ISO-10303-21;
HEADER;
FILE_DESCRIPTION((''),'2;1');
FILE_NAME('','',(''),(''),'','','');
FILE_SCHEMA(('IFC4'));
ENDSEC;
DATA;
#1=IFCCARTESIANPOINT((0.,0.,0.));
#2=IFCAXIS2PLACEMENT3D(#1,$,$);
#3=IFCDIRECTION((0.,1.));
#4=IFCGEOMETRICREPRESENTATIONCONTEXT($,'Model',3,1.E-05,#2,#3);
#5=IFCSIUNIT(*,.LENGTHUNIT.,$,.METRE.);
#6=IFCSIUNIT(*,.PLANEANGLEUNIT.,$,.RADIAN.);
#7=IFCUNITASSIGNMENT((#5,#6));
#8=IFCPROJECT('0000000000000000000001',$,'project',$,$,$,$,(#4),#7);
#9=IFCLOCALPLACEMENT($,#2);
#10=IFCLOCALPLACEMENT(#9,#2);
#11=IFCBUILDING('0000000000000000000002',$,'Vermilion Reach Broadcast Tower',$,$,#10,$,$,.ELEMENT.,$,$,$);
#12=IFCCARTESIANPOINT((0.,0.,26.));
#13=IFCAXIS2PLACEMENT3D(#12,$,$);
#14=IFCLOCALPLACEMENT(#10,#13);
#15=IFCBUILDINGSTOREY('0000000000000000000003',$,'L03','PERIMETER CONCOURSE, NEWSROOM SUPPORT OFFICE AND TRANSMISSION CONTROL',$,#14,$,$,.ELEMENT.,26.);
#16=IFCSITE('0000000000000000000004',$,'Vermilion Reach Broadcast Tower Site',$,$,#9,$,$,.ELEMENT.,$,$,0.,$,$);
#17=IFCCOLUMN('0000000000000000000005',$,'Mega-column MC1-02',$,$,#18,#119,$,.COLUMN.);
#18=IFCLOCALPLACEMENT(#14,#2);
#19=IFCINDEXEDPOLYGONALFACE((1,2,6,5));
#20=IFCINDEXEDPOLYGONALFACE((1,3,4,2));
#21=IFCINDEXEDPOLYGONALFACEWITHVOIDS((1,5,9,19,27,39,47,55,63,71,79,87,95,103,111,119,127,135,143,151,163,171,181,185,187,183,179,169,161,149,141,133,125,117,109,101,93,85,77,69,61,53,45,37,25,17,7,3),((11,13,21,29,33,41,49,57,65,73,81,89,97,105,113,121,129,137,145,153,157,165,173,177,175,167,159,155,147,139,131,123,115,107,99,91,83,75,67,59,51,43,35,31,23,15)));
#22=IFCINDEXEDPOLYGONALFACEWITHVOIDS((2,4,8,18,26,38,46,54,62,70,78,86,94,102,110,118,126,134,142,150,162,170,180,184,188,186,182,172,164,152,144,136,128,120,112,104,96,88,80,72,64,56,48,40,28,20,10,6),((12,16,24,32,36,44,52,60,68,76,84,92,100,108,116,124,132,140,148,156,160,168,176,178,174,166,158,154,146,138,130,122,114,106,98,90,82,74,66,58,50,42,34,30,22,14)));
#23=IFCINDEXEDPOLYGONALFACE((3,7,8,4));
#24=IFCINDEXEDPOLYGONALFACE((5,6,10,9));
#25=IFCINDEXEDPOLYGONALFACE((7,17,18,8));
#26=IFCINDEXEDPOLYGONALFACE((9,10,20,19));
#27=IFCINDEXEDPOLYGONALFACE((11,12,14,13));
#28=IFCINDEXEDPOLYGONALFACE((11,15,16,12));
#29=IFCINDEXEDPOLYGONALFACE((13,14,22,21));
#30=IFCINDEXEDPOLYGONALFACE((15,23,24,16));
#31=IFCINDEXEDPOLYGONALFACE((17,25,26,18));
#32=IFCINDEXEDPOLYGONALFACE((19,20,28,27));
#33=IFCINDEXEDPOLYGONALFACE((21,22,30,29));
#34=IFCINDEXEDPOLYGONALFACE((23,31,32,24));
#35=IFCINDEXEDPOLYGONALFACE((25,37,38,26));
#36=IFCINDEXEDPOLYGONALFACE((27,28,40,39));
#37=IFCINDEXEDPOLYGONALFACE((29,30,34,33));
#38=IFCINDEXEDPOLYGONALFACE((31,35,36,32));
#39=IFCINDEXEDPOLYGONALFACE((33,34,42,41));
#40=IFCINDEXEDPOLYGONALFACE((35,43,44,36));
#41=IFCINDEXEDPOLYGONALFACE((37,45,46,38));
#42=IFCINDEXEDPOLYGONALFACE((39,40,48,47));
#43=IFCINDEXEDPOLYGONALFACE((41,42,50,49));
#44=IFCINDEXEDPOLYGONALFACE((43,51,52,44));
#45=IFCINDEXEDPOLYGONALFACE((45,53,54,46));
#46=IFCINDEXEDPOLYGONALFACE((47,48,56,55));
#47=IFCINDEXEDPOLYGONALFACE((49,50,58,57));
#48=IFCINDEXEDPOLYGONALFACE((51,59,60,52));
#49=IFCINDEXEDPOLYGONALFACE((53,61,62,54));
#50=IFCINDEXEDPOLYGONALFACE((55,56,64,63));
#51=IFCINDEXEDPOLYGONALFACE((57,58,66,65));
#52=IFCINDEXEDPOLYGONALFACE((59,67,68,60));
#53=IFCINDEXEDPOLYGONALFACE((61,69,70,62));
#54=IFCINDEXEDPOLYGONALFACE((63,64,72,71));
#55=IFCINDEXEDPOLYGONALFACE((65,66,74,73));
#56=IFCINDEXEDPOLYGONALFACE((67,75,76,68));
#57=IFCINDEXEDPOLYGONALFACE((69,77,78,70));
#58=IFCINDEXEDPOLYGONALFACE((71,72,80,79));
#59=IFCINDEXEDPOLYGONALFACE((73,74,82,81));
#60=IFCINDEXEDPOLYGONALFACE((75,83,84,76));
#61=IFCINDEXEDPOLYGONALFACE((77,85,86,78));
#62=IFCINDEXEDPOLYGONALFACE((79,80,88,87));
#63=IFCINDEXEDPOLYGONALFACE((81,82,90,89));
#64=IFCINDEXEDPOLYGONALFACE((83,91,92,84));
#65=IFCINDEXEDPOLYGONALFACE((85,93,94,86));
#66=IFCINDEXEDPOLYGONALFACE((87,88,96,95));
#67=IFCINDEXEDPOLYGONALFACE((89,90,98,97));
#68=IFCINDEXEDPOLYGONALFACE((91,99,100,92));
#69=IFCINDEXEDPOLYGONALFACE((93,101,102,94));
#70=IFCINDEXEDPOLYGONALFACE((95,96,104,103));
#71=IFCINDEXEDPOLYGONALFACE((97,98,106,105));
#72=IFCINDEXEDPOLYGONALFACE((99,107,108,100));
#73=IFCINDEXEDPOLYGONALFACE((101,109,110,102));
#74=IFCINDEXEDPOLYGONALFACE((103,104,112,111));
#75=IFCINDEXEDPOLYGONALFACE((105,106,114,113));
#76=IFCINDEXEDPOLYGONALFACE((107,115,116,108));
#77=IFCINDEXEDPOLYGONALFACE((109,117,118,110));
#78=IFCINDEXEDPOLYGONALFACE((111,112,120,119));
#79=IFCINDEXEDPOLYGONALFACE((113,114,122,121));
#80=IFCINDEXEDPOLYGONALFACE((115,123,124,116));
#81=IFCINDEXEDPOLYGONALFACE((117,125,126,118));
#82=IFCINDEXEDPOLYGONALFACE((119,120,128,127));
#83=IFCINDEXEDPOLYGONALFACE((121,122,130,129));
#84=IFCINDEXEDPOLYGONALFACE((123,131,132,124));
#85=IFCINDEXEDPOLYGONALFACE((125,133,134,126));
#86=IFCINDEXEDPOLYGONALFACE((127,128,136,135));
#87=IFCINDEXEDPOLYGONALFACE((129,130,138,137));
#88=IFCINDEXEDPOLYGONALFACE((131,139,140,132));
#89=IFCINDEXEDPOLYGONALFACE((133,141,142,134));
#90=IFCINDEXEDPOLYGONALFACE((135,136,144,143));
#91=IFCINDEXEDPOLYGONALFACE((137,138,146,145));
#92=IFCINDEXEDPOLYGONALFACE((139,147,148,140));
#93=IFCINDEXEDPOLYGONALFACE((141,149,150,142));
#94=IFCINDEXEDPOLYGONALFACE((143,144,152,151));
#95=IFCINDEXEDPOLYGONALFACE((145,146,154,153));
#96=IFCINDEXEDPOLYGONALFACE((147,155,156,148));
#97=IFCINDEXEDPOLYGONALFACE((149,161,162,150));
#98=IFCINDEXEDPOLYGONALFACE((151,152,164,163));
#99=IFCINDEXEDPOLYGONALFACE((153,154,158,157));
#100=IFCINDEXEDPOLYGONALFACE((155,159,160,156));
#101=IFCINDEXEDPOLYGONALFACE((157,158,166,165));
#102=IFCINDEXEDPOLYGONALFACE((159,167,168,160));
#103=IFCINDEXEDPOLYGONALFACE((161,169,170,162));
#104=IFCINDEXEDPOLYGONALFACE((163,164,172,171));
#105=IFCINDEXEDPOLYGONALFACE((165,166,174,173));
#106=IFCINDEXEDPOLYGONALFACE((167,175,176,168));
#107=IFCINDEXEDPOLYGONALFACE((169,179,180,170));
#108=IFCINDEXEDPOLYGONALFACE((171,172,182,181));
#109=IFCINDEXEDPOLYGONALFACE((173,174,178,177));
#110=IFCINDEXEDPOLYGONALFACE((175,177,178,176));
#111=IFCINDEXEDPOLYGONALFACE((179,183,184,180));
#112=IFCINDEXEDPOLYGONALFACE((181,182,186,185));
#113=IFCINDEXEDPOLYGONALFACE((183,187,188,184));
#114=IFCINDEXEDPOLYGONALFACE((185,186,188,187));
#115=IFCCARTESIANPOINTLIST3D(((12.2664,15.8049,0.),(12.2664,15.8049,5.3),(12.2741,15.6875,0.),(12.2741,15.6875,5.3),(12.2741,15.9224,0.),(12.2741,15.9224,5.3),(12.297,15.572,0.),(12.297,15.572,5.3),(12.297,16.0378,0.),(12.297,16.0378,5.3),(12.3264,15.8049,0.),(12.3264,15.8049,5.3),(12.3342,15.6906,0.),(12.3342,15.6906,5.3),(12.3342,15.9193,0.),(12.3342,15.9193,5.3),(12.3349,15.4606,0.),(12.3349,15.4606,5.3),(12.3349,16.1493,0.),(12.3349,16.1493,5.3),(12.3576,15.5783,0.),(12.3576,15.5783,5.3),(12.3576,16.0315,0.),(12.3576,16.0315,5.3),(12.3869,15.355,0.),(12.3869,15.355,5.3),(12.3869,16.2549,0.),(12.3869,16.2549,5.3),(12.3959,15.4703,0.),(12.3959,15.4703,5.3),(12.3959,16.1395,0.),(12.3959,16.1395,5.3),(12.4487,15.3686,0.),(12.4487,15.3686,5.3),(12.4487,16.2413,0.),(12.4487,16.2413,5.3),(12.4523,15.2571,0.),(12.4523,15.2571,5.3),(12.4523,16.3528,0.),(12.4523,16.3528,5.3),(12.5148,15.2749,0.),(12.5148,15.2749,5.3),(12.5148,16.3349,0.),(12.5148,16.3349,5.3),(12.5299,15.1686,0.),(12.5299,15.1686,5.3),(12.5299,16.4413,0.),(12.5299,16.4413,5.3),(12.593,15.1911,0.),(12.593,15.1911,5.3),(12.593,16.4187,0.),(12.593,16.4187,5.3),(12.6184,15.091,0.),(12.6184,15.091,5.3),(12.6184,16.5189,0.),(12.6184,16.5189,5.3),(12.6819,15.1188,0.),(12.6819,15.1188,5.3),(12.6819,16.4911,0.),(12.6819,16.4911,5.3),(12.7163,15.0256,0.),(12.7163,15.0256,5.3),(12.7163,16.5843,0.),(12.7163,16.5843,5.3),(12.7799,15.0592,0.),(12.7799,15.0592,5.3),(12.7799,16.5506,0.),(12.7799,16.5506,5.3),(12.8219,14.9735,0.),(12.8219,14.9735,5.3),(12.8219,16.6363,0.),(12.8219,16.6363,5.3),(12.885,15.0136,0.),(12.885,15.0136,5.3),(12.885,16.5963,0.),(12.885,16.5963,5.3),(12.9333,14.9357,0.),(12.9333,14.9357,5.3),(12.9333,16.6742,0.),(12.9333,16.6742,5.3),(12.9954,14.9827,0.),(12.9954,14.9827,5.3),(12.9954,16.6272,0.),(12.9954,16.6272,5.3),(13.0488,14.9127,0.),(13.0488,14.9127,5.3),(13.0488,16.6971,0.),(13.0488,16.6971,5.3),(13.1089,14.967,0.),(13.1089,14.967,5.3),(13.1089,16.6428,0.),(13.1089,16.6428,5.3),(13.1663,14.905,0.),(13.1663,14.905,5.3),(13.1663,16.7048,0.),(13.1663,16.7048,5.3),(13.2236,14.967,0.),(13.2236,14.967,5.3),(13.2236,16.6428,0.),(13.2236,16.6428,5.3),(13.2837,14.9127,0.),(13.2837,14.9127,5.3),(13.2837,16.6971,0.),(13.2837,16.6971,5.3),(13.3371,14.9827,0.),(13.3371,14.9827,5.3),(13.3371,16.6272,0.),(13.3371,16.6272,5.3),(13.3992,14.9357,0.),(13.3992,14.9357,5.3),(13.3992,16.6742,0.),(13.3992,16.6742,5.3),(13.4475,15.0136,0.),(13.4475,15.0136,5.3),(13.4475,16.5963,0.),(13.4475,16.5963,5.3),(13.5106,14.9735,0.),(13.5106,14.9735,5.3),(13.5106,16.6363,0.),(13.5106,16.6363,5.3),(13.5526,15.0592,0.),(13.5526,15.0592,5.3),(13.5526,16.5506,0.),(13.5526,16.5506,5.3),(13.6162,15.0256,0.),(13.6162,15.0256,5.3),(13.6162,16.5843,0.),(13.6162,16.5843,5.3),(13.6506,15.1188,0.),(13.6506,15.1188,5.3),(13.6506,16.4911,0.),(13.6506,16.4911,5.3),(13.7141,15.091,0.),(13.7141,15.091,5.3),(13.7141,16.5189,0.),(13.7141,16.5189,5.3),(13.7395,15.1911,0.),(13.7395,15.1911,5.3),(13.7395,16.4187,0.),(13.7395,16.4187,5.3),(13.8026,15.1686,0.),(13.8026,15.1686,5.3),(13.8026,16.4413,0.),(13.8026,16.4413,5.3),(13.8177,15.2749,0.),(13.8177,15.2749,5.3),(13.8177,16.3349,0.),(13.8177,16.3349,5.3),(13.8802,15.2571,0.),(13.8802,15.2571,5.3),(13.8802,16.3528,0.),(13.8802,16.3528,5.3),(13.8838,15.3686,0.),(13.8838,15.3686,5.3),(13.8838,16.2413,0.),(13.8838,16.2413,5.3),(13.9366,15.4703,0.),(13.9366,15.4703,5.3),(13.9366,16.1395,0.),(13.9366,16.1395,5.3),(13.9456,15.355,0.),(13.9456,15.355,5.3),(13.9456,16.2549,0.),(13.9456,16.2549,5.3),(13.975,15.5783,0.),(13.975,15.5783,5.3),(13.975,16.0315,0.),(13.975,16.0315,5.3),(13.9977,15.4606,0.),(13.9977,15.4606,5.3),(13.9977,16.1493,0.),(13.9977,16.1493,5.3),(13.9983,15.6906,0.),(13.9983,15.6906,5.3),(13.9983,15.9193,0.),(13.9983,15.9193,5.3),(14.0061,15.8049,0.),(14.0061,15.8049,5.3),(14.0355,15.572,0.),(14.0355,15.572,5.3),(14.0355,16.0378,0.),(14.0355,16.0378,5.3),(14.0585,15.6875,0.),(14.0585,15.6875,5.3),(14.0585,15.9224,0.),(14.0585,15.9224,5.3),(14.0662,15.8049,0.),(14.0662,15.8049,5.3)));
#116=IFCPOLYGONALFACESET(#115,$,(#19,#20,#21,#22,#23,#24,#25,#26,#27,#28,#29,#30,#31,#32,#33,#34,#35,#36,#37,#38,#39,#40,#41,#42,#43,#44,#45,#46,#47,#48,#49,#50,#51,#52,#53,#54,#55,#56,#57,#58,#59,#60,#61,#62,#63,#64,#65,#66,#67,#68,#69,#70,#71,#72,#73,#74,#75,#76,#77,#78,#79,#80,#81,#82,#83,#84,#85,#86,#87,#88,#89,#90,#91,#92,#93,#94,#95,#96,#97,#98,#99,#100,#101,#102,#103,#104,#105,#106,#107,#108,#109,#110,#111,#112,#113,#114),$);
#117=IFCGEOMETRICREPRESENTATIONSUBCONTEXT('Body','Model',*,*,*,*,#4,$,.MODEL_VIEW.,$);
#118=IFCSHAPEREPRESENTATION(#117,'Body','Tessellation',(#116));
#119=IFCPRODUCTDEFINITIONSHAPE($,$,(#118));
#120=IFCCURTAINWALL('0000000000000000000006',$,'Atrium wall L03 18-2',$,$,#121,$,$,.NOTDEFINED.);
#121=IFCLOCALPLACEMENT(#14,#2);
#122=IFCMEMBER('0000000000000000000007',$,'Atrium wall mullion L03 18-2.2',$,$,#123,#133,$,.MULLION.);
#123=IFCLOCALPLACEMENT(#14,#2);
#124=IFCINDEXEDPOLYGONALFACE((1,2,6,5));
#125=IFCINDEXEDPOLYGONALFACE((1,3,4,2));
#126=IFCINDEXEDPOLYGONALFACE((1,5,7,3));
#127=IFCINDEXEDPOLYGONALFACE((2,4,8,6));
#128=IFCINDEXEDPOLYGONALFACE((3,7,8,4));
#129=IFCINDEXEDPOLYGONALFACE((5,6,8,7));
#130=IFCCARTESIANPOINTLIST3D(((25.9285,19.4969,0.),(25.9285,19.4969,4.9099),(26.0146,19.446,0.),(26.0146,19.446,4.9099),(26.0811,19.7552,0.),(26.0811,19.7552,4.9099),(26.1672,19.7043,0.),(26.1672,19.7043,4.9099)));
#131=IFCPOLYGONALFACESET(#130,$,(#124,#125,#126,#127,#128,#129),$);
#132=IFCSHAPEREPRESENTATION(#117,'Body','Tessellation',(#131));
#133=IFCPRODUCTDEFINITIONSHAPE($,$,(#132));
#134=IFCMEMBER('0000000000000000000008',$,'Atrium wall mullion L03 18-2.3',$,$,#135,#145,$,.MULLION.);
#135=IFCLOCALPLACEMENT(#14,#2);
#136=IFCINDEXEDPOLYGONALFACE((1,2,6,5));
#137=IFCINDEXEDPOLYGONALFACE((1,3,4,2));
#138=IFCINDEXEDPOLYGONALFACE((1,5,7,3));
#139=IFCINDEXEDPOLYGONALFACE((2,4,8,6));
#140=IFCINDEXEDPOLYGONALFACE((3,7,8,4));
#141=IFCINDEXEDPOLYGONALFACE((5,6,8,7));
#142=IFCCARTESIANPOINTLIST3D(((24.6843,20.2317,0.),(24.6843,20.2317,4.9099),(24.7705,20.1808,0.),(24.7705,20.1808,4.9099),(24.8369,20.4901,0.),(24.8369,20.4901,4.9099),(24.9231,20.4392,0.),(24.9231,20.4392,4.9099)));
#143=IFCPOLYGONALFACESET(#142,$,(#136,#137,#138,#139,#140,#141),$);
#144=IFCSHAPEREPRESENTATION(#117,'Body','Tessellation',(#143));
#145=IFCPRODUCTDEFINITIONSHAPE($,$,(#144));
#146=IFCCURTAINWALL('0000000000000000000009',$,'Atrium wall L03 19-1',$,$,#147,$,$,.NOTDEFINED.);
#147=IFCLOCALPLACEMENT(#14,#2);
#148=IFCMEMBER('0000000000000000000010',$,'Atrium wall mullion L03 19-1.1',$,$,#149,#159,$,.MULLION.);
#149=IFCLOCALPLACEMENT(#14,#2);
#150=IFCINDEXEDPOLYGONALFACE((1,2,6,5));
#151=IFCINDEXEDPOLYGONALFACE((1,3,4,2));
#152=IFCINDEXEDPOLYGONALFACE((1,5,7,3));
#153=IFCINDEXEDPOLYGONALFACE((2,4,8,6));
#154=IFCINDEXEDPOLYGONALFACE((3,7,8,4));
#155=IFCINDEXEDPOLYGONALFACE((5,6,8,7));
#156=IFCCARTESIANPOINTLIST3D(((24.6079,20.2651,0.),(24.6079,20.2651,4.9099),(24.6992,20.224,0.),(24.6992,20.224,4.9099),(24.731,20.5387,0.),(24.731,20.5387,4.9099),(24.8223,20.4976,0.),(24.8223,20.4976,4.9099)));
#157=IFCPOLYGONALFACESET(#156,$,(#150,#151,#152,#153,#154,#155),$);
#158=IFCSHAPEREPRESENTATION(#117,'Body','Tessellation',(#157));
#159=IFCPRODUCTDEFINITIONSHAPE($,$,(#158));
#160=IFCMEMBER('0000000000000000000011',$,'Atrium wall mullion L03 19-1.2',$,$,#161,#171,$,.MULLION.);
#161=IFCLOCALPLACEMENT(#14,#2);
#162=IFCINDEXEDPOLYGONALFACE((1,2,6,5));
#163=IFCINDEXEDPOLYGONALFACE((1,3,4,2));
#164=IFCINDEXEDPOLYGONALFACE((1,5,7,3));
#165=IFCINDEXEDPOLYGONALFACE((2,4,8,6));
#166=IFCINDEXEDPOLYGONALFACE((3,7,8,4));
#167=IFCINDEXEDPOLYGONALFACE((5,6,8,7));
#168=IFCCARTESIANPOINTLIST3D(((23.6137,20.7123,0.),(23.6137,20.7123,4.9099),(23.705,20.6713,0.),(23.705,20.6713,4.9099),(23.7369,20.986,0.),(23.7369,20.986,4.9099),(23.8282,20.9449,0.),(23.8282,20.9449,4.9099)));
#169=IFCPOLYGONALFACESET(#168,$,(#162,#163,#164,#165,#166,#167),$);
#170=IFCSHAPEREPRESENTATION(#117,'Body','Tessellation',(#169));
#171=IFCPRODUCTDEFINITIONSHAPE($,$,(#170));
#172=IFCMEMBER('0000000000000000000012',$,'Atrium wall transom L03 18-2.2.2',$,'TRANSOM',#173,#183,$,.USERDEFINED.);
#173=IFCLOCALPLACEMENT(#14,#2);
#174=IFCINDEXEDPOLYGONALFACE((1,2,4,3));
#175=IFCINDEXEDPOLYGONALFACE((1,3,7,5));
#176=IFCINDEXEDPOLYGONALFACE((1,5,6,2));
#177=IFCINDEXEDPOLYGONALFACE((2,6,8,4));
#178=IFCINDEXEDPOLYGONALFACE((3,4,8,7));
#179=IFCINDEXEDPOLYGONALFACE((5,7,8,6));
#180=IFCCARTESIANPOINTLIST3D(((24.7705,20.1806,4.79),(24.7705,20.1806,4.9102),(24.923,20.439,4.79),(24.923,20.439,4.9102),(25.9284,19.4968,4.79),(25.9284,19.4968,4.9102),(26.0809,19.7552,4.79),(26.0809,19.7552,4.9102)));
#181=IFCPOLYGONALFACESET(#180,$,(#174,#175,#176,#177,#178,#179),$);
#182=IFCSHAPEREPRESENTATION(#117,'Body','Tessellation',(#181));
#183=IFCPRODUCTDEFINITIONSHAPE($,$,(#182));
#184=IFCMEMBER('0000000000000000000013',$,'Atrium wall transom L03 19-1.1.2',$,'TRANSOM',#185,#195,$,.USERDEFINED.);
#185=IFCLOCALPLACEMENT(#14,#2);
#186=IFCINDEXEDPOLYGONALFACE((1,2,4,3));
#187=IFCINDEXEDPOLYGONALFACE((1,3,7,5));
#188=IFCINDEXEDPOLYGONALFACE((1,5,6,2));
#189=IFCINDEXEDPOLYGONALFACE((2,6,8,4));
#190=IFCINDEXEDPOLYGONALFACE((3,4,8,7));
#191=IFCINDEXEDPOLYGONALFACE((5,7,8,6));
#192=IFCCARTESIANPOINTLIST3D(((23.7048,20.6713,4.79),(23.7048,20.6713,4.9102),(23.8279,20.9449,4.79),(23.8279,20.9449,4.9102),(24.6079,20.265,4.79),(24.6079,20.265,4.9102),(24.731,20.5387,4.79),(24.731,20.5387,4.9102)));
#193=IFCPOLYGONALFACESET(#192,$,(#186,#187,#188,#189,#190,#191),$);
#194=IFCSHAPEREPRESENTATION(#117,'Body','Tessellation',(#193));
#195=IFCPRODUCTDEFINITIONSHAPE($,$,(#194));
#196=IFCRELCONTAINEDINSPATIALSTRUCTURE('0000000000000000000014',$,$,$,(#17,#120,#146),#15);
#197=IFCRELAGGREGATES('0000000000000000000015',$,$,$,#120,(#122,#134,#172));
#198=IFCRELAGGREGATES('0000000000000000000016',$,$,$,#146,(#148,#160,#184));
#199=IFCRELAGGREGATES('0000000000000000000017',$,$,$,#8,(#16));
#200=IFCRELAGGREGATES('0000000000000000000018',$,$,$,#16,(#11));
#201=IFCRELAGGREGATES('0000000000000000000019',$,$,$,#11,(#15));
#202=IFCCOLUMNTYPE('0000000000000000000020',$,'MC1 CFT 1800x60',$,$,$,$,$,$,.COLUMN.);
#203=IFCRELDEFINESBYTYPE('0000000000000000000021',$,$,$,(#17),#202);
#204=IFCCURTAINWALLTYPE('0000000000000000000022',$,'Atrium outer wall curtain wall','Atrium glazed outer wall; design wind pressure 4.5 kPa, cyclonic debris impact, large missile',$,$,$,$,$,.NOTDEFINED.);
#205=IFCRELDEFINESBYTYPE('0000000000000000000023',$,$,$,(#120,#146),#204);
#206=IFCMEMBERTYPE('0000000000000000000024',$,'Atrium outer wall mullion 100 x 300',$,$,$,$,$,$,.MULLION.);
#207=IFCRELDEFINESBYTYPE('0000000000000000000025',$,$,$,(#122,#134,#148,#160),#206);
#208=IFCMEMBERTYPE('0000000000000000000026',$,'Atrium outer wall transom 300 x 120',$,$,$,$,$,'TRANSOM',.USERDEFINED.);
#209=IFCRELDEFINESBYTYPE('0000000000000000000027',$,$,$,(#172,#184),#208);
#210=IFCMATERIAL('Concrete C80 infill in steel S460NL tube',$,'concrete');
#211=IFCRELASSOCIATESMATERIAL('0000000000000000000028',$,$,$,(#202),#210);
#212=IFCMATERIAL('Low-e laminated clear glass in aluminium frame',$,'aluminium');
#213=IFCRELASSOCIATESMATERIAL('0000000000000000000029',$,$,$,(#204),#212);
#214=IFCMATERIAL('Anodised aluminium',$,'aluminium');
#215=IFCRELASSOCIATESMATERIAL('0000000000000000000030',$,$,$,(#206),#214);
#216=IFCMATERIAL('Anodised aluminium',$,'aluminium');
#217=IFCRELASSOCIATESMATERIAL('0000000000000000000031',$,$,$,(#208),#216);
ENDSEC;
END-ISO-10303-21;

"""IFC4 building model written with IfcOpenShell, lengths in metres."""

from ifc_helpers import new_model, si_unit, direction, frame, origin, origin_2d, place, context, subcontext, project, spatial, rectangle, hollow_circle, extrude, material, material_profile, profile_set, type_object, element, aggregate, save


model = new_model("IFC4")

# Units and contexts
model_context = context("Model", 3, precision=1e-05, world=origin(), true_north=direction((0.0, 1.0)))
body_context = subcontext(model_context, "Body", "Model", "MODEL_VIEW")
ifc_project = project(units=[si_unit("LENGTHUNIT", "METRE"), si_unit("PLANEANGLEUNIT", "RADIAN")], contexts=[model_context])

# Site, building, storey
site_placement = place(None, origin())
site = spatial("IfcSite", under=ifc_project, at=site_placement, Name="Vermilion Reach Broadcast Tower Site", CompositionType="ELEMENT", RefElevation=0.0)
building_placement = place(site_placement, origin())
building = spatial("IfcBuilding", under=site, at=building_placement, Name="Vermilion Reach Broadcast Tower", CompositionType="ELEMENT")
storey_placement = place(building_placement, frame((0.0, 0.0, 26.0)))
storey = spatial("IfcBuildingStorey", under=building, at=storey_placement, Name="L03", Description="PERIMETER CONCOURSE, NEWSROOM SUPPORT OFFICE AND TRANSMISSION CONTROL", CompositionType="ELEMENT", Elevation=26.0)

# Column
ifc_material_1 = material(Name="Concrete C80 infill in steel S460NL tube", Category="concrete")
ifc_material_profile_1 = material_profile(ifc_material_1, hollow_circle(Radius=0.8999, WallThickness=0.0601, at=origin_2d()), Name="Concrete C80 infill in steel S460NL tube CFT 1800x60")
ifc_profile_set_1 = profile_set([ifc_material_profile_1], Name="Concrete C80 infill in steel S460NL tube")
column_type = type_object("IfcColumnType", Name="MC1 CFT 1800x60", PredefinedType="COLUMN", material=ifc_profile_set_1)
column_placement = place(storey_placement, frame((13.1663, 15.8049, 0.0), z_axis=(0.0, 0.0, 1.0), x_axis=(1.0, 0.0, 0.0)))
element("IfcColumn", 1, at=column_placement, inside=storey, type_object=column_type, Name="Mega-column MC1-02", PredefinedType="COLUMN", context=body_context, shape_type="SweptSolid", body=[
    extrude(hollow_circle(Radius=0.8999, WallThickness=0.0601, at=origin_2d()), origin(), (0.0, 0.0, 1.0), 5.3),
])

# Curtain walls, members
ifc_material_2 = material(Name="Low-e laminated clear glass in aluminium frame", Category="aluminium")
curtain_wall_type = type_object("IfcCurtainWallType", Name="Atrium outer wall curtain wall", Description="Atrium glazed outer wall; design wind pressure 4.5 kPa, cyclonic debris impact, large missile", PredefinedType="NOTDEFINED", material=ifc_material_2)
placement = place(storey_placement, origin())
curtain_wall_1 = element("IfcCurtainWall", 2, at=placement, inside=storey, type_object=curtain_wall_type, Name="Atrium wall L03 18-2", PredefinedType="NOTDEFINED")
ifc_material_3 = material(Name="Anodised aluminium", Category="aluminium")
ifc_material_profile_2 = material_profile(ifc_material_3, rectangle(XDim=0.3, YDim=0.1001, at=origin_2d()), Name="Atrium outer wall mullion 100 x 300")
ifc_profile_set_2 = profile_set([ifc_material_profile_2], Name="Anodised aluminium")
member_type_1 = type_object("IfcMemberType", Name="Atrium outer wall mullion 100 x 300", PredefinedType="MULLION", material=ifc_profile_set_2)
member_1_placement = place(storey_placement, frame((26.0479, 19.6006, 0.0), z_axis=(0.0, 0.0, 1.0), x_axis=(-0.50859, -0.861009, 0.0)))
member_1 = element("IfcMember", 3, at=member_1_placement, type_object=member_type_1, Name="Atrium wall mullion L03 18-2.2", PredefinedType="MULLION", context=body_context, shape_type="SweptSolid", body=[
    extrude(rectangle(XDim=0.3, YDim=0.1001, at=origin_2d()), origin(), (0.0, 0.0, 1.0), 4.9099),
])
member_2_placement = place(storey_placement, frame((24.8037, 20.3354, 0.0), z_axis=(0.0, 0.0, 1.0), x_axis=(-0.50859, -0.861009, 0.0)))
member_2 = element("IfcMember", 4, at=member_2_placement, type_object=member_type_1, Name="Atrium wall mullion L03 18-2.3", PredefinedType="MULLION", context=body_context, shape_type="SweptSolid", body=[
    extrude(rectangle(XDim=0.3, YDim=0.1001, at=origin_2d()), origin(), (0.0, 0.0, 1.0), 4.9099),
])
curtain_wall_2 = element("IfcCurtainWall", 5, at=placement, inside=storey, type_object=curtain_wall_type, Name="Atrium wall L03 19-1", PredefinedType="NOTDEFINED")
member_3_placement = place(storey_placement, frame((24.7151, 20.3813, 0.0), z_axis=(0.0, 0.0, 1.0), x_axis=(-0.410408, -0.911902, 0.0)))
member_3 = element("IfcMember", 6, at=member_3_placement, type_object=member_type_1, Name="Atrium wall mullion L03 19-1.1", PredefinedType="MULLION", context=body_context, shape_type="SweptSolid", body=[
    extrude(rectangle(XDim=0.3, YDim=0.1001, at=origin_2d()), origin(), (0.0, 0.0, 1.0), 4.9099),
])
member_4_placement = place(storey_placement, frame((23.7209, 20.8286, 0.0), z_axis=(0.0, 0.0, 1.0), x_axis=(-0.410408, -0.911902, 0.0)))
member_4 = element("IfcMember", 7, at=member_4_placement, type_object=member_type_1, Name="Atrium wall mullion L03 19-1.2", PredefinedType="MULLION", context=body_context, shape_type="SweptSolid", body=[
    extrude(rectangle(XDim=0.3, YDim=0.1001, at=origin_2d()), origin(), (0.0, 0.0, 1.0), 4.9099),
])

# Members
ifc_material_4 = material(Name="Anodised aluminium", Category="aluminium")
ifc_material_profile_3 = material_profile(ifc_material_4, rectangle(XDim=0.3, YDim=0.1201, at=origin_2d()), Name="Atrium outer wall transom 300 x 120")
ifc_profile_set_3 = profile_set([ifc_material_profile_3], Name="Anodised aluminium")
member_type_2 = type_object("IfcMemberType", Name="Atrium outer wall transom 300 x 120", ElementType="TRANSOM", PredefinedType="USERDEFINED", material=ifc_profile_set_3)
member_5_placement = place(storey_placement, frame((26.0046, 19.626, 4.8501), z_axis=(-0.86106, 0.508503, 0.0), x_axis=(-0.508503, -0.86106, 0.0)))
member_5 = element("IfcMember", 8, at=member_5_placement, type_object=member_type_2, Name="Atrium wall transom L03 18-2.2.2", ObjectType="TRANSOM", PredefinedType="USERDEFINED", context=body_context, shape_type="SweptSolid", body=[
    extrude(rectangle(XDim=0.3, YDim=0.1201, at=origin_2d()), origin(), (0.0, 0.0, 1.0), 1.3447),
])
member_6_placement = place(storey_placement, frame((24.6694, 20.4019, 4.8501), z_axis=(-0.911972, 0.410252, 0.0), x_axis=(-0.410252, -0.911972, 0.0)))
member_6 = element("IfcMember", 9, at=member_6_placement, type_object=member_type_2, Name="Atrium wall transom L03 19-1.1.2", ObjectType="TRANSOM", PredefinedType="USERDEFINED", context=body_context, shape_type="SweptSolid", body=[
    extrude(rectangle(XDim=0.3, YDim=0.1201, at=origin_2d()), origin(), (0.0, 0.0, 1.0), 0.9902),
])

aggregate(curtain_wall_1, [member_1, member_2, member_5])
aggregate(curtain_wall_2, [member_3, member_4, member_6])

save(model, "model.ifc")
